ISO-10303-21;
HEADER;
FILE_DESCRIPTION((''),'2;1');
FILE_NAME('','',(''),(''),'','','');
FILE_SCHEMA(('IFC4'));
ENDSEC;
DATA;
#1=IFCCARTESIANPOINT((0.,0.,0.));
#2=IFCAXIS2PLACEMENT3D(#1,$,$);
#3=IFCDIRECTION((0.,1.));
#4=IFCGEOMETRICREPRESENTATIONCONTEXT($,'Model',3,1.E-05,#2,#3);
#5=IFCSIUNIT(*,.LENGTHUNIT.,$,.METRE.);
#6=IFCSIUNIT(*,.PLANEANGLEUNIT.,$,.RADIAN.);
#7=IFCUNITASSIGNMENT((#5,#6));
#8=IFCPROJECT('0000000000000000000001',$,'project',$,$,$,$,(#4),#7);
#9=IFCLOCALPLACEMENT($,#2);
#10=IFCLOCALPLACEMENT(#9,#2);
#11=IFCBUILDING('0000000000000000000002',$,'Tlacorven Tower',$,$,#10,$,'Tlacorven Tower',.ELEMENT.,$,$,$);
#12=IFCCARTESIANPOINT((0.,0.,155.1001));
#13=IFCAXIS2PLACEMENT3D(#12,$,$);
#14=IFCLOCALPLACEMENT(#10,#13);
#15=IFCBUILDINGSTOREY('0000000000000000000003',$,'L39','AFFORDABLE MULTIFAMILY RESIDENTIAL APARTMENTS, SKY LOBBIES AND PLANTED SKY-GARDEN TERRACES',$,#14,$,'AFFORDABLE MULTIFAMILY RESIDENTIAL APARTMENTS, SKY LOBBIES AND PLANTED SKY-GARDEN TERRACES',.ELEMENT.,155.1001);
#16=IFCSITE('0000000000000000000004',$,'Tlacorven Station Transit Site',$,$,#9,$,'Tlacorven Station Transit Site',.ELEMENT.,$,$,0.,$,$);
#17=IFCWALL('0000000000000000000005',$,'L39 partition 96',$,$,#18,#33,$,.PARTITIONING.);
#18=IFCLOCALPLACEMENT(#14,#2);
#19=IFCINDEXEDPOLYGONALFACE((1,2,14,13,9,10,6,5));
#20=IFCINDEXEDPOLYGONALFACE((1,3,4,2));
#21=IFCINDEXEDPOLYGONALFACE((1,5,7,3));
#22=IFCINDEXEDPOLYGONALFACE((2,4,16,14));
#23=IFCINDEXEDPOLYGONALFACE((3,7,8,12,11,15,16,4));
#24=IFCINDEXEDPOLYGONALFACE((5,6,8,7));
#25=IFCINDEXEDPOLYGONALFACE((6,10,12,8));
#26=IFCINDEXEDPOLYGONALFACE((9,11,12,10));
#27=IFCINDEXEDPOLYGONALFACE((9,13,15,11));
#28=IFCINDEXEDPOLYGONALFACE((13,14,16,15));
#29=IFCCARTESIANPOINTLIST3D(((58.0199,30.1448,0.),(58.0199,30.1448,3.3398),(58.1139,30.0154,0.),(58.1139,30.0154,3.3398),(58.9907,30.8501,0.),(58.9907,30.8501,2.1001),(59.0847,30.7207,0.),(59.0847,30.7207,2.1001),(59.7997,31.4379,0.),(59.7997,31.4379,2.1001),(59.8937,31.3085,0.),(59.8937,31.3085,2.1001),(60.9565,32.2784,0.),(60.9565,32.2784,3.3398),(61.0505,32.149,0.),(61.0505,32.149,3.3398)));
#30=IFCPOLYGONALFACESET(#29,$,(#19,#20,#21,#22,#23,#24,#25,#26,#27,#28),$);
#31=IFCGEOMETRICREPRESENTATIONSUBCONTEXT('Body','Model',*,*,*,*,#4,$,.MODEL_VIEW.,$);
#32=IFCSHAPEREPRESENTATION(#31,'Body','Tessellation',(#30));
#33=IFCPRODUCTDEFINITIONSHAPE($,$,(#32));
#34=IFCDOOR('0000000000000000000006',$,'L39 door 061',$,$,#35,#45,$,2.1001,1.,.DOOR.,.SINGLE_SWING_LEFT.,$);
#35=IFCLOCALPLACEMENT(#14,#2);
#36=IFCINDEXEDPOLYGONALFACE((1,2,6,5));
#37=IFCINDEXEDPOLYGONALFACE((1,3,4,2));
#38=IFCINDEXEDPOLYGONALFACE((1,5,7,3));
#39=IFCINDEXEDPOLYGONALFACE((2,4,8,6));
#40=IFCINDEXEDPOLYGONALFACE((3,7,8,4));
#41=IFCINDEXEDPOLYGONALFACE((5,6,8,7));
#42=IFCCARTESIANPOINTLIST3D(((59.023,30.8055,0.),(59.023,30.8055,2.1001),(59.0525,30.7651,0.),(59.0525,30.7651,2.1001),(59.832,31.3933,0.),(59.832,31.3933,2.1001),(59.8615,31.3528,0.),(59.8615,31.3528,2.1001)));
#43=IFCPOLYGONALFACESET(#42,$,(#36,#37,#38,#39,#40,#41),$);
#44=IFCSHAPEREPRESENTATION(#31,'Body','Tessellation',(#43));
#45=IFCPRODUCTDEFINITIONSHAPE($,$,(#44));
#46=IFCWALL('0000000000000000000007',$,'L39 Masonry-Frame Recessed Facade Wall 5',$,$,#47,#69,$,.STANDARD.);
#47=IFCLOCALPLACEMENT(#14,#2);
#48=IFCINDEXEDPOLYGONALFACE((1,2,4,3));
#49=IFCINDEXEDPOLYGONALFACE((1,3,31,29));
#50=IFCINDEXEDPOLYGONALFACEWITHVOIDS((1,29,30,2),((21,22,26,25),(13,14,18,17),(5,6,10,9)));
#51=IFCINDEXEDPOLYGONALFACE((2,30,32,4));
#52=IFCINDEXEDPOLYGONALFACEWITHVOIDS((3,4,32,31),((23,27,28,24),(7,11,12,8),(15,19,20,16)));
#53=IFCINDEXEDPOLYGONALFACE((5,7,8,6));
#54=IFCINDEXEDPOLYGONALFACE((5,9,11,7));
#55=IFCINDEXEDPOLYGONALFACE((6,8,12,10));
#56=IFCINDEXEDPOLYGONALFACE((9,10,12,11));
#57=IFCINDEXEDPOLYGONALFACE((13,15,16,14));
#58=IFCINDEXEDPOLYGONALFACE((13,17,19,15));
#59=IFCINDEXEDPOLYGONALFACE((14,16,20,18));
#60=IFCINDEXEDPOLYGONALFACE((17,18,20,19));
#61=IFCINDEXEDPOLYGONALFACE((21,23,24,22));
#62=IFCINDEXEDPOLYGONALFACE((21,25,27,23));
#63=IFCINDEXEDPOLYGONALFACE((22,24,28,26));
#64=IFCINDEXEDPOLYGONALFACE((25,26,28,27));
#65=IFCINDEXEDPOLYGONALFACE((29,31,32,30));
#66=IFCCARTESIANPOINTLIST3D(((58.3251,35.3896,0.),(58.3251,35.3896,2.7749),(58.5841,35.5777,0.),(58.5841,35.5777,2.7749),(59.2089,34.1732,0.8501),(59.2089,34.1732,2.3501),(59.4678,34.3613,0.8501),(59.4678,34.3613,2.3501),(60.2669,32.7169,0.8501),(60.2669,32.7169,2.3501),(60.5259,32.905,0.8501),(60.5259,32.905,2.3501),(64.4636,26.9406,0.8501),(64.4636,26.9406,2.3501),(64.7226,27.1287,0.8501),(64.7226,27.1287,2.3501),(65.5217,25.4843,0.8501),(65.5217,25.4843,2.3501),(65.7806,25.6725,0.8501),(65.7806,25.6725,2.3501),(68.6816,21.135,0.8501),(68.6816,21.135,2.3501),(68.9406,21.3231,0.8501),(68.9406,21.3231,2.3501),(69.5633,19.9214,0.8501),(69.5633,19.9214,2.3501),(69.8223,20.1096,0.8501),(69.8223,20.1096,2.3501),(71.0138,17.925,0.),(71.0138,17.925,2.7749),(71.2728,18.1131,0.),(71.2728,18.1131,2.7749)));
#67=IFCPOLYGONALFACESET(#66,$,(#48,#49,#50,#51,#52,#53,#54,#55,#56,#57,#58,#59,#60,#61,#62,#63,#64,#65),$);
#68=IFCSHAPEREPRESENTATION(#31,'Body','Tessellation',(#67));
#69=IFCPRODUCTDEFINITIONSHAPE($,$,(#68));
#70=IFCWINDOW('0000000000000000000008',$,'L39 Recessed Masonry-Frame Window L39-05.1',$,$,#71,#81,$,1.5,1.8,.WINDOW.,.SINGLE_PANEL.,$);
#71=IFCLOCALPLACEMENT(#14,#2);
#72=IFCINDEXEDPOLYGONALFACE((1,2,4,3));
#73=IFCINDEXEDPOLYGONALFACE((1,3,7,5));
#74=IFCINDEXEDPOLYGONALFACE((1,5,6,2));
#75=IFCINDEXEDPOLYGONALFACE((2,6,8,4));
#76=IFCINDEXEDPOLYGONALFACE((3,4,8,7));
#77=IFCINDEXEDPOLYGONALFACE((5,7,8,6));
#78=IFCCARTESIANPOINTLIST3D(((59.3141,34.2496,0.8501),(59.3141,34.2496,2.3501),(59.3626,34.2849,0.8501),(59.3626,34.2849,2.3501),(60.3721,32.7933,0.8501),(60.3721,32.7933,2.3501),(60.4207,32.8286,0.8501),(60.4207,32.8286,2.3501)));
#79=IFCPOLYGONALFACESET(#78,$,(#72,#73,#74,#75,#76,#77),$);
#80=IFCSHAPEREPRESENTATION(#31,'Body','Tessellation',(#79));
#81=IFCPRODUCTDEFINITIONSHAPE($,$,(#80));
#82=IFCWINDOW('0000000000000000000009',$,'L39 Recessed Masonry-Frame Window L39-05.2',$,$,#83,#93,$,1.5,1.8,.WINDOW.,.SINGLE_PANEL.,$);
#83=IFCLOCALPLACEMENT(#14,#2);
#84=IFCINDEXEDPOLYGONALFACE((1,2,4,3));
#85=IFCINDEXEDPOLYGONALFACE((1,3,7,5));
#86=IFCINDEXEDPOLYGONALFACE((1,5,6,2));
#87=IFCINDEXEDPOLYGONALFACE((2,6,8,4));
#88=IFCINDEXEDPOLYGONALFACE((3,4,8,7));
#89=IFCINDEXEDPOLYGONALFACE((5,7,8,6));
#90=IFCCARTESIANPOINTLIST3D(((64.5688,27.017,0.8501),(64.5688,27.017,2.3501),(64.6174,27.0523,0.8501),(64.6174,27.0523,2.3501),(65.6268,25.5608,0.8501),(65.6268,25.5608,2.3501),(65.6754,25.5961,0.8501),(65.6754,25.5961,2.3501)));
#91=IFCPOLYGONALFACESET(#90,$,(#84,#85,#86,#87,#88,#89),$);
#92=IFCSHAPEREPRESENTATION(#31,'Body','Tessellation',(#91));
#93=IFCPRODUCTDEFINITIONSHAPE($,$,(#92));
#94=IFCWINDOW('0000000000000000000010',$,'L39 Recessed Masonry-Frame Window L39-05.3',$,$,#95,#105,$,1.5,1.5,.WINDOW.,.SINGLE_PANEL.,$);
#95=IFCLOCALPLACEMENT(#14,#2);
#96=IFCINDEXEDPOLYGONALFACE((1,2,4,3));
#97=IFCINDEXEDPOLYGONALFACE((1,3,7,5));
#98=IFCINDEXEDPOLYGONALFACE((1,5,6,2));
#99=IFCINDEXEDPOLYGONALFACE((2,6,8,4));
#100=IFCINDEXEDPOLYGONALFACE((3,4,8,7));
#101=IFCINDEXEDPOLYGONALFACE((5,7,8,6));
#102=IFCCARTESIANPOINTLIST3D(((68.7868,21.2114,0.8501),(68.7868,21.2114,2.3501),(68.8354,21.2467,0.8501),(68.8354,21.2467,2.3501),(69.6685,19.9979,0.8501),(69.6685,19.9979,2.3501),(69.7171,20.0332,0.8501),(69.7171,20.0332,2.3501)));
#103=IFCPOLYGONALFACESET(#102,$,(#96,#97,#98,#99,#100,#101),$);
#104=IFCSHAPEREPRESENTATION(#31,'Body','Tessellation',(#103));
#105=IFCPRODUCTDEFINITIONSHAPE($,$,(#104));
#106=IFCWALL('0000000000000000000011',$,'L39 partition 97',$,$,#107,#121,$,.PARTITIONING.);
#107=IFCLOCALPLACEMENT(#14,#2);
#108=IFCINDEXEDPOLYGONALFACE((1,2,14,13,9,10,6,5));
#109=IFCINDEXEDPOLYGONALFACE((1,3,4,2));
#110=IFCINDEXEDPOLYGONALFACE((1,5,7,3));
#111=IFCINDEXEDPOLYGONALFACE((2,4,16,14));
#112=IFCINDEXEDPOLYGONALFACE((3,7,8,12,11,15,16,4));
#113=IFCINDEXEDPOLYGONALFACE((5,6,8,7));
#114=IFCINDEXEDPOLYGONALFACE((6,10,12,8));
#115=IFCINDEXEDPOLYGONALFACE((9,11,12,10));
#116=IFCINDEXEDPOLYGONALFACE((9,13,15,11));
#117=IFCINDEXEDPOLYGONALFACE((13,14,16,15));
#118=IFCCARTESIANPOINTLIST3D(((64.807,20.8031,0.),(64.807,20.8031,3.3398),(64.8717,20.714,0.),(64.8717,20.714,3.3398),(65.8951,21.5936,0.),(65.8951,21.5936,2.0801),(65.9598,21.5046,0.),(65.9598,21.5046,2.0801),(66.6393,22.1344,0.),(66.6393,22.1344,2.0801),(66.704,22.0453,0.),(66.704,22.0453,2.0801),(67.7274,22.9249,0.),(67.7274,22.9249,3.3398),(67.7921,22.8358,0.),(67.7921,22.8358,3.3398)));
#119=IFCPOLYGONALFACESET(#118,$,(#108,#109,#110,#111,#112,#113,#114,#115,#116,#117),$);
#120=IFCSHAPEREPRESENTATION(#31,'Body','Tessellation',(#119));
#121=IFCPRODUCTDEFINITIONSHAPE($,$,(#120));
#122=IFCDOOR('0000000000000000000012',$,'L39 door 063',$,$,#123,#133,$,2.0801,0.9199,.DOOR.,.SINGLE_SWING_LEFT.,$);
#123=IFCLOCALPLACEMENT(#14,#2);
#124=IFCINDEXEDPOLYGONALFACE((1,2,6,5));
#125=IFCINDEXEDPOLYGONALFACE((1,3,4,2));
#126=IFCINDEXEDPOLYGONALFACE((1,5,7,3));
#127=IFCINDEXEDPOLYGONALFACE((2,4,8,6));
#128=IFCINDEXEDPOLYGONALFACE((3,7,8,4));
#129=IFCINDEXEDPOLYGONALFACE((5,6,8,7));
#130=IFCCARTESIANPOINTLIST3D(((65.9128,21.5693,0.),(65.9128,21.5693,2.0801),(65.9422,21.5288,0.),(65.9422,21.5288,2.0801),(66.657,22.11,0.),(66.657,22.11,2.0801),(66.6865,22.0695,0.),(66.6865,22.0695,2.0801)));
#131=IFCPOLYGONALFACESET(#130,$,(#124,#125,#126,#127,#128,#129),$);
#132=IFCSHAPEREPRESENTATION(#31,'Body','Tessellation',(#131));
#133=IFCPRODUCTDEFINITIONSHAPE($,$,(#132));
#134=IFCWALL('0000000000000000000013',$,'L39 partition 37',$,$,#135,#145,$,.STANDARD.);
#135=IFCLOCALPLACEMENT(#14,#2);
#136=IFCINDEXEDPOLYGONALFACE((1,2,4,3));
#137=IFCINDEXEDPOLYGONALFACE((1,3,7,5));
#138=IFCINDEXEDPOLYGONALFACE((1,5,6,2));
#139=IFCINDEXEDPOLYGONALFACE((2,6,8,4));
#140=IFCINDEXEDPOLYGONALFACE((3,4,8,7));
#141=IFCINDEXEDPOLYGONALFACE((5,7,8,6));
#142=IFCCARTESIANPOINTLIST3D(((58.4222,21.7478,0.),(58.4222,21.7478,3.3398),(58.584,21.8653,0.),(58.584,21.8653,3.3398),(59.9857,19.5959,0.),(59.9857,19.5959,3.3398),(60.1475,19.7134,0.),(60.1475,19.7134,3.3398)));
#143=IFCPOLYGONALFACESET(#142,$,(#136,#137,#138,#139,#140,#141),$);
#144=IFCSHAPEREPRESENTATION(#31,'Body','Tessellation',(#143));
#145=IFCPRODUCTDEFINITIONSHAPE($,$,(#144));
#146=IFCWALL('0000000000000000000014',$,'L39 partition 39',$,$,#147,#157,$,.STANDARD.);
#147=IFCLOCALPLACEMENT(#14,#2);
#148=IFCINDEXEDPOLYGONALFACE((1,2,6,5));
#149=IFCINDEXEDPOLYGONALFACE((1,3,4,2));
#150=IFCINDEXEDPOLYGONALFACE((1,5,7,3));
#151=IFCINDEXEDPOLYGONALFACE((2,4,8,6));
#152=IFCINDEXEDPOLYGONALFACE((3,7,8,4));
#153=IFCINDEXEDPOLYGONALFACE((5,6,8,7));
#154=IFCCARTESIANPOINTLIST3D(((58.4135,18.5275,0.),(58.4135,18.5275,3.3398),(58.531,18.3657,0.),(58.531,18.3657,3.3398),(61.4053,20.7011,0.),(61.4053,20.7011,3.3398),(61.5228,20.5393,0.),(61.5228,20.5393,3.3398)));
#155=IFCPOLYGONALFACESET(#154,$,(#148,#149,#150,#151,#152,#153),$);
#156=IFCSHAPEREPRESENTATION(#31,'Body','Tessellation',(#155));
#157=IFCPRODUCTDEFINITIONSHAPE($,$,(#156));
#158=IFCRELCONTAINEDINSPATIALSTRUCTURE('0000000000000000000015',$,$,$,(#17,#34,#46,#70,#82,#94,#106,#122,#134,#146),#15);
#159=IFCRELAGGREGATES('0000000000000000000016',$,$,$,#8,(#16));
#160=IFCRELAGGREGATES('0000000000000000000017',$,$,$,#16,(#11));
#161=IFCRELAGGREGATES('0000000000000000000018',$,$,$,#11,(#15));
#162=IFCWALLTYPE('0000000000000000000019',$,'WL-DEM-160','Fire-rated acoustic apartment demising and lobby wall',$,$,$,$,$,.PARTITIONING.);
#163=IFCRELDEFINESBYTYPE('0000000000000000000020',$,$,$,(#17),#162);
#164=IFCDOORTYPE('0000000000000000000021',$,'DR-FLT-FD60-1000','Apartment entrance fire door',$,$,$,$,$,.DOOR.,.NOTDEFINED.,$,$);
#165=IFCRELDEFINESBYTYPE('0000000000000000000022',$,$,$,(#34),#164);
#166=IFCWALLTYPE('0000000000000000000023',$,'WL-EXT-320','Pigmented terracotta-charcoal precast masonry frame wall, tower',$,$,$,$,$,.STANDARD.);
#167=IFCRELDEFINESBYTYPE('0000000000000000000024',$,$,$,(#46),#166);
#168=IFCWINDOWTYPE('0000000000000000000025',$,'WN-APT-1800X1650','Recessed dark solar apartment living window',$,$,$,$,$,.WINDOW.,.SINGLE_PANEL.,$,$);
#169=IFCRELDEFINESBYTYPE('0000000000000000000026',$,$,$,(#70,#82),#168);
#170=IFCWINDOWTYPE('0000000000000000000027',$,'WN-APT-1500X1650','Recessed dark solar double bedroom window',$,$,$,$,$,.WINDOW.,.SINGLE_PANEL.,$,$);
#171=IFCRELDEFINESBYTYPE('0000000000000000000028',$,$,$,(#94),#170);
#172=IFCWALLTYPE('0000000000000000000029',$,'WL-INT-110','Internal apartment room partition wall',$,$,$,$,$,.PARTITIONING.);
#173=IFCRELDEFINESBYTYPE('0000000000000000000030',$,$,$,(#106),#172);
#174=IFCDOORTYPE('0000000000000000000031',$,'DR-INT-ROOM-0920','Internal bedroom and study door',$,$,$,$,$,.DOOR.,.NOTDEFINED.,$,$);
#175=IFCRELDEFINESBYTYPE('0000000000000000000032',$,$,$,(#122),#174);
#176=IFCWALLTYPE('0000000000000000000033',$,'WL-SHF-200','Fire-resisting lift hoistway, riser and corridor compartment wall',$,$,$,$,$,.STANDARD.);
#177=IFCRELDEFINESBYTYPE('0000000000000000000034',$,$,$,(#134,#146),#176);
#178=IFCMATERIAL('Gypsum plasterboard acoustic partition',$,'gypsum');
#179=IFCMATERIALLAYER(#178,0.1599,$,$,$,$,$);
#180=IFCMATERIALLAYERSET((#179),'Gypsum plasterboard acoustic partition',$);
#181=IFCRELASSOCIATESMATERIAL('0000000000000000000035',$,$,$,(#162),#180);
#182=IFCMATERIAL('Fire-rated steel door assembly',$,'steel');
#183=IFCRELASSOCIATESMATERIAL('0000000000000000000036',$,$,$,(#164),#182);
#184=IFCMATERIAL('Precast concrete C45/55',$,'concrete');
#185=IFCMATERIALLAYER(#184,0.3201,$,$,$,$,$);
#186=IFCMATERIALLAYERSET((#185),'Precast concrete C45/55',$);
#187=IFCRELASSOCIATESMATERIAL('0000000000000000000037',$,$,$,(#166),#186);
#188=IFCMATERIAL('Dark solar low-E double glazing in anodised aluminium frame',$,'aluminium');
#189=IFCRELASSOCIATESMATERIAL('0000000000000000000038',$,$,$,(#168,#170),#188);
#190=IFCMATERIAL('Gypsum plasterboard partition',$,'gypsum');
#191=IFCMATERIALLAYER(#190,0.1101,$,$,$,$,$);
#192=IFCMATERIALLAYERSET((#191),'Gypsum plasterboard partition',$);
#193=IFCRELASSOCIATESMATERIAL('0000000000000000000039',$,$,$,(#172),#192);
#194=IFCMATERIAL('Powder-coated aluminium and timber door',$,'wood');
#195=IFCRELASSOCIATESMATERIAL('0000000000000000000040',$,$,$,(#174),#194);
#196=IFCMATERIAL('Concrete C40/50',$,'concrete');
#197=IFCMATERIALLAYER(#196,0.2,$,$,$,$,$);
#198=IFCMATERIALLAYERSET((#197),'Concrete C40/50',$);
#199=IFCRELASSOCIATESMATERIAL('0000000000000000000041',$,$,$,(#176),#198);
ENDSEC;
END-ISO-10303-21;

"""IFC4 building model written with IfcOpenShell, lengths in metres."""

from ifc_helpers import new_model, si_unit, direction, frame, frame_2d, origin, place, context, subcontext, project, spatial, rectangle, extrude, source, transform, mapped, material, layer, layer_set, type_object, element, fill, save


model = new_model("IFC4")

# Units and contexts
model_context = context("Model", 3, precision=1e-05, world=origin(), true_north=direction((0.0, 1.0)))
body_context = subcontext(model_context, "Body", "Model", "MODEL_VIEW")
ifc_project = project(units=[si_unit("LENGTHUNIT", "METRE"), si_unit("PLANEANGLEUNIT", "RADIAN")], contexts=[model_context])

# Site, building, storey
site_placement = place(None, origin())
site = spatial("IfcSite", under=ifc_project, at=site_placement, Name="Tlacorven Station Transit Site", LongName="Tlacorven Station Transit Site", CompositionType="ELEMENT", RefElevation=0.0)
building_placement = place(site_placement, origin())
building = spatial("IfcBuilding", under=site, at=building_placement, Name="Tlacorven Tower", LongName="Tlacorven Tower", CompositionType="ELEMENT")
storey_placement = place(building_placement, frame((0.0, 0.0, 155.1001)))
storey = spatial("IfcBuildingStorey", under=building, at=storey_placement, Name="L39", Description="AFFORDABLE MULTIFAMILY RESIDENTIAL APARTMENTS, SKY LOBBIES AND PLANTED SKY-GARDEN TERRACES", LongName="AFFORDABLE MULTIFAMILY RESIDENTIAL APARTMENTS, SKY LOBBIES AND PLANTED SKY-GARDEN TERRACES", CompositionType="ELEMENT", Elevation=155.1001)

# Wall, opening, door
ifc_material_1 = material(Name="Gypsum plasterboard acoustic partition", Category="gypsum")
ifc_layer_1 = layer(ifc_material_1, 0.1599)
ifc_layer_set_1 = layer_set([ifc_layer_1], Name="Gypsum plasterboard acoustic partition")
wall_type_1 = type_object("IfcWallType", Name="WL-DEM-160", Description="Fire-rated acoustic apartment demising and lobby wall", PredefinedType="PARTITIONING", material=ifc_layer_set_1)
ifc_material_2 = material(Name="Fire-rated steel door assembly", Category="steel")
door_type_1 = type_object("IfcDoorType", Name="DR-FLT-FD60-1000", Description="Apartment entrance fire door", OperationType="NOTDEFINED", PredefinedType="DOOR", material=ifc_material_2)
shared_shape_1 = source(origin(), body_context, "Body", "SweptSolid", [
    extrude(rectangle(XDim=1.0, YDim=2.1001, at=frame_2d((0.5, 1.05))), frame((0.0, 0.0249, 0.0), z_axis=(0.0, -1.0, 0.0), x_axis=(1.0, 0.0, 0.0)), (0.0, 0.0, 1.0), 0.05),
])
wall_1_placement = place(storey_placement, frame((58.0669, 30.0801, 0.0), z_axis=(0.0, 0.0, 1.0), x_axis=(0.809012, 0.587792, 0.0)))
wall_1 = element("IfcWall", 1, at=wall_1_placement, inside=storey, type_object=wall_type_1, Name="L39 partition 96", PredefinedType="PARTITIONING", context=body_context, shape_type="SweptSolid", body=[
    extrude(rectangle(XDim=3.6299, YDim=0.1599, at=frame_2d((1.8149, 0.0))), origin(), (0.0, 0.0, 1.0), 3.3398),
])
opening_1_placement = place(wall_1_placement, frame((1.2, 0.0, 0.0)))
opening_1 = element("IfcOpeningElement", 2, at=opening_1_placement, cuts=wall_1, PredefinedType="OPENING", context=body_context, shape_type="SweptSolid", body=[
    extrude(rectangle(XDim=1.0, YDim=2.1001, at=frame_2d((0.5, 1.05))), frame((0.0, 0.0898, 0.0), z_axis=(0.0, -1.0, 0.0), x_axis=(1.0, 0.0, 0.0)), (0.0, 0.0, 1.0), 0.1799),
])
door_1_placement = place(opening_1_placement, origin())
door_1 = element("IfcDoor", 3, at=door_1_placement, inside=storey, type_object=door_type_1, Name="L39 door 061", OperationType="SINGLE_SWING_LEFT", OverallHeight=2.1001, OverallWidth=1.0, PredefinedType="DOOR", context=body_context, shape_type="MappedRepresentation", body=[
    mapped(shared_shape_1, transform((0.0, 0.0, 0.0), scale=1.0)),
])
fill(opening_1, door_1)

# Wall, openings, windows
ifc_material_3 = material(Name="Precast concrete C45/55", Category="concrete")
ifc_layer_2 = layer(ifc_material_3, 0.3201)
ifc_layer_set_2 = layer_set([ifc_layer_2], Name="Precast concrete C45/55")
wall_type_2 = type_object("IfcWallType", Name="WL-EXT-320", Description="Pigmented terracotta-charcoal precast masonry frame wall, tower", PredefinedType="STANDARD", material=ifc_layer_set_2)
wall_2_placement = place(storey_placement, frame((58.4546, 35.4836, 0.0), z_axis=(0.0, 0.0, 1.0), x_axis=(0.587784, -0.809018, 0.0)))
wall_2 = element("IfcWall", 4, at=wall_2_placement, inside=storey, type_object=wall_type_2, Name="L39 Masonry-Frame Recessed Facade Wall 5", PredefinedType="STANDARD", context=body_context, shape_type="SweptSolid", body=[
    extrude(rectangle(XDim=21.5874, YDim=0.3201, at=frame_2d((10.7937, 0.0))), origin(), (0.0, 0.0, 1.0), 2.7749),
])
opening_2_placement = place(wall_2_placement, frame((1.5037, 0.0, 0.8501)))
opening_2 = element("IfcOpeningElement", 5, at=opening_2_placement, cuts=wall_2, PredefinedType="OPENING", context=body_context, shape_type="SweptSolid", body=[
    extrude(rectangle(XDim=1.8, YDim=1.5, at=frame_2d((0.8999, 0.75))), frame((0.0, 0.1699, 0.0), z_axis=(0.0, -1.0, 0.0), x_axis=(1.0, 0.0, 0.0)), (0.0, 0.0, 1.0), 0.3401),
])
opening_3_placement = place(wall_2_placement, frame((10.4436, 0.0, 0.8501)))
opening_3 = element("IfcOpeningElement", 6, at=opening_3_placement, cuts=wall_2, PredefinedType="OPENING", context=body_context, shape_type="SweptSolid", body=[
    extrude(rectangle(XDim=1.8, YDim=1.5, at=frame_2d((0.8999, 0.75))), frame((0.0, 0.1699, 0.0), z_axis=(0.0, -1.0, 0.0), x_axis=(1.0, 0.0, 0.0)), (0.0, 0.0, 1.0), 0.3401),
])
opening_4_placement = place(wall_2_placement, frame((17.6196, 0.0, 0.8501)))
opening_4 = element("IfcOpeningElement", 7, at=opening_4_placement, cuts=wall_2, PredefinedType="OPENING", context=body_context, shape_type="SweptSolid", body=[
    extrude(rectangle(XDim=1.5, YDim=1.5, at=frame_2d((0.75, 0.75))), frame((0.0, 0.1699, 0.0), z_axis=(0.0, -1.0, 0.0), x_axis=(1.0, 0.0, 0.0)), (0.0, 0.0, 1.0), 0.3401),
])
ifc_material_4 = material(Name="Dark solar low-E double glazing in anodised aluminium frame", Category="aluminium")
window_type_1 = type_object("IfcWindowType", Name="WN-APT-1800X1650", Description="Recessed dark solar apartment living window", PartitioningType="SINGLE_PANEL", PredefinedType="WINDOW", material=ifc_material_4)
shared_shape_2 = source(origin(), body_context, "Body", "SweptSolid", [
    extrude(rectangle(XDim=1.8, YDim=1.5, at=frame_2d((0.8999, 0.75))), frame((0.0, 0.03, 0.0), z_axis=(0.0, -1.0, 0.0), x_axis=(1.0, 0.0, 0.0)), (0.0, 0.0, 1.0), 0.0601),
])
window_1_placement = place(opening_2_placement, origin())
window_1 = element("IfcWindow", 8, at=window_1_placement, inside=storey, type_object=window_type_1, Name="L39 Recessed Masonry-Frame Window L39-05.1", OverallHeight=1.5, OverallWidth=1.8, PartitioningType="SINGLE_PANEL", PredefinedType="WINDOW", context=body_context, shape_type="MappedRepresentation", body=[
    mapped(shared_shape_2, transform((0.0, 0.0, 0.0), scale=1.0)),
])
fill(opening_2, window_1)
window_2_placement = place(opening_3_placement, origin())
window_2 = element("IfcWindow", 9, at=window_2_placement, inside=storey, type_object=window_type_1, Name="L39 Recessed Masonry-Frame Window L39-05.2", OverallHeight=1.5, OverallWidth=1.8, PartitioningType="SINGLE_PANEL", PredefinedType="WINDOW", context=body_context, shape_type="MappedRepresentation", body=[
    mapped(shared_shape_2, transform((0.0, 0.0, 0.0), scale=1.0)),
])
fill(opening_3, window_2)
window_type_2 = type_object("IfcWindowType", Name="WN-APT-1500X1650", Description="Recessed dark solar double bedroom window", PartitioningType="SINGLE_PANEL", PredefinedType="WINDOW", material=ifc_material_4)
shared_shape_3 = source(origin(), body_context, "Body", "SweptSolid", [
    extrude(rectangle(XDim=1.5, YDim=1.5, at=frame_2d((0.75, 0.75))), frame((0.0, 0.03, 0.0), z_axis=(0.0, -1.0, 0.0), x_axis=(1.0, 0.0, 0.0)), (0.0, 0.0, 1.0), 0.0601),
])
window_3_placement = place(opening_4_placement, origin())
window_3 = element("IfcWindow", 10, at=window_3_placement, inside=storey, type_object=window_type_2, Name="L39 Recessed Masonry-Frame Window L39-05.3", OverallHeight=1.5, OverallWidth=1.5, PartitioningType="SINGLE_PANEL", PredefinedType="WINDOW", context=body_context, shape_type="MappedRepresentation", body=[
    mapped(shared_shape_3, transform((0.0, 0.0, 0.0), scale=1.0)),
])
fill(opening_4, window_3)

# Wall, opening, door
ifc_material_5 = material(Name="Gypsum plasterboard partition", Category="gypsum")
ifc_layer_3 = layer(ifc_material_5, 0.1101)
ifc_layer_set_3 = layer_set([ifc_layer_3], Name="Gypsum plasterboard partition")
wall_type_3 = type_object("IfcWallType", Name="WL-INT-110", Description="Internal apartment room partition wall", PredefinedType="PARTITIONING", material=ifc_layer_set_3)
wall_3_placement = place(storey_placement, frame((64.8394, 20.7585, 0.0), z_axis=(0.0, 0.0, 1.0), x_axis=(0.809014, 0.58779, 0.0)))
wall_3 = element("IfcWall", 11, at=wall_3_placement, inside=storey, type_object=wall_type_3, Name="L39 partition 97", PredefinedType="PARTITIONING", context=body_context, shape_type="SweptSolid", body=[
    extrude(rectangle(XDim=3.6099, YDim=0.1101, at=frame_2d((1.8049, 0.0))), origin(), (0.0, 0.0, 1.0), 3.3398),
])
opening_5_placement = place(wall_3_placement, frame((1.345, 0.0, 0.0)))
opening_5 = element("IfcOpeningElement", 12, at=opening_5_placement, cuts=wall_3, PredefinedType="OPENING", context=body_context, shape_type="SweptSolid", body=[
    extrude(rectangle(XDim=0.9199, YDim=2.0801, at=frame_2d((0.46, 1.04))), frame((0.0, 0.0649, 0.0), z_axis=(0.0, -1.0, 0.0), x_axis=(1.0, 0.0, 0.0)), (0.0, 0.0, 1.0), 0.1301),
])
ifc_material_6 = material(Name="Powder-coated aluminium and timber door", Category="wood")
door_type_2 = type_object("IfcDoorType", Name="DR-INT-ROOM-0920", Description="Internal bedroom and study door", OperationType="NOTDEFINED", PredefinedType="DOOR", material=ifc_material_6)
shared_shape_4 = source(origin(), body_context, "Body", "SweptSolid", [
    extrude(rectangle(XDim=0.9199, YDim=2.0801, at=frame_2d((0.46, 1.04))), frame((0.0, 0.0249, 0.0), z_axis=(0.0, -1.0, 0.0), x_axis=(1.0, 0.0, 0.0)), (0.0, 0.0, 1.0), 0.05),
])
door_2_placement = place(opening_5_placement, origin())
door_2 = element("IfcDoor", 13, at=door_2_placement, inside=storey, type_object=door_type_2, Name="L39 door 063", OperationType="SINGLE_SWING_LEFT", OverallHeight=2.0801, OverallWidth=0.9199, PredefinedType="DOOR", context=body_context, shape_type="MappedRepresentation", body=[
    mapped(shared_shape_4, transform((0.0, 0.0, 0.0), scale=1.0)),
])
fill(opening_5, door_2)

# Walls
ifc_material_7 = material(Name="Concrete C40/50", Category="concrete")
ifc_layer_4 = layer(ifc_material_7, 0.2)
ifc_layer_set_4 = layer_set([ifc_layer_4], Name="Concrete C40/50")
wall_type_4 = type_object("IfcWallType", Name="WL-SHF-200", Description="Fire-resisting lift hoistway, riser and corridor compartment wall", PredefinedType="STANDARD", material=ifc_layer_set_4)
wall_4_placement = place(storey_placement, frame((60.0667, 19.6545, 0.0), z_axis=(0.0, 0.0, 1.0), x_axis=(-0.587801, 0.809006, 0.0)))
element("IfcWall", 14, at=wall_4_placement, inside=storey, type_object=wall_type_4, Name="L39 partition 37", PredefinedType="STANDARD", context=body_context, shape_type="SweptSolid", body=[
    extrude(rectangle(XDim=2.6599, YDim=0.2, at=frame_2d((1.3301, 0.0))), origin(), (0.0, 0.0, 1.0), 3.3398),
])
wall_5_placement = place(storey_placement, frame((58.4722, 18.4465, 0.0), z_axis=(0.0, 0.0, 1.0), x_axis=(0.809019, 0.587783, 0.0)))
element("IfcWall", 15, at=wall_5_placement, inside=storey, type_object=wall_type_4, Name="L39 partition 39", PredefinedType="STANDARD", context=body_context, shape_type="SweptSolid", body=[
    extrude(rectangle(XDim=3.698, YDim=0.2, at=frame_2d((1.8491, 0.0))), origin(), (0.0, 0.0, 1.0), 3.3398),
])

save(model, "model.ifc")
